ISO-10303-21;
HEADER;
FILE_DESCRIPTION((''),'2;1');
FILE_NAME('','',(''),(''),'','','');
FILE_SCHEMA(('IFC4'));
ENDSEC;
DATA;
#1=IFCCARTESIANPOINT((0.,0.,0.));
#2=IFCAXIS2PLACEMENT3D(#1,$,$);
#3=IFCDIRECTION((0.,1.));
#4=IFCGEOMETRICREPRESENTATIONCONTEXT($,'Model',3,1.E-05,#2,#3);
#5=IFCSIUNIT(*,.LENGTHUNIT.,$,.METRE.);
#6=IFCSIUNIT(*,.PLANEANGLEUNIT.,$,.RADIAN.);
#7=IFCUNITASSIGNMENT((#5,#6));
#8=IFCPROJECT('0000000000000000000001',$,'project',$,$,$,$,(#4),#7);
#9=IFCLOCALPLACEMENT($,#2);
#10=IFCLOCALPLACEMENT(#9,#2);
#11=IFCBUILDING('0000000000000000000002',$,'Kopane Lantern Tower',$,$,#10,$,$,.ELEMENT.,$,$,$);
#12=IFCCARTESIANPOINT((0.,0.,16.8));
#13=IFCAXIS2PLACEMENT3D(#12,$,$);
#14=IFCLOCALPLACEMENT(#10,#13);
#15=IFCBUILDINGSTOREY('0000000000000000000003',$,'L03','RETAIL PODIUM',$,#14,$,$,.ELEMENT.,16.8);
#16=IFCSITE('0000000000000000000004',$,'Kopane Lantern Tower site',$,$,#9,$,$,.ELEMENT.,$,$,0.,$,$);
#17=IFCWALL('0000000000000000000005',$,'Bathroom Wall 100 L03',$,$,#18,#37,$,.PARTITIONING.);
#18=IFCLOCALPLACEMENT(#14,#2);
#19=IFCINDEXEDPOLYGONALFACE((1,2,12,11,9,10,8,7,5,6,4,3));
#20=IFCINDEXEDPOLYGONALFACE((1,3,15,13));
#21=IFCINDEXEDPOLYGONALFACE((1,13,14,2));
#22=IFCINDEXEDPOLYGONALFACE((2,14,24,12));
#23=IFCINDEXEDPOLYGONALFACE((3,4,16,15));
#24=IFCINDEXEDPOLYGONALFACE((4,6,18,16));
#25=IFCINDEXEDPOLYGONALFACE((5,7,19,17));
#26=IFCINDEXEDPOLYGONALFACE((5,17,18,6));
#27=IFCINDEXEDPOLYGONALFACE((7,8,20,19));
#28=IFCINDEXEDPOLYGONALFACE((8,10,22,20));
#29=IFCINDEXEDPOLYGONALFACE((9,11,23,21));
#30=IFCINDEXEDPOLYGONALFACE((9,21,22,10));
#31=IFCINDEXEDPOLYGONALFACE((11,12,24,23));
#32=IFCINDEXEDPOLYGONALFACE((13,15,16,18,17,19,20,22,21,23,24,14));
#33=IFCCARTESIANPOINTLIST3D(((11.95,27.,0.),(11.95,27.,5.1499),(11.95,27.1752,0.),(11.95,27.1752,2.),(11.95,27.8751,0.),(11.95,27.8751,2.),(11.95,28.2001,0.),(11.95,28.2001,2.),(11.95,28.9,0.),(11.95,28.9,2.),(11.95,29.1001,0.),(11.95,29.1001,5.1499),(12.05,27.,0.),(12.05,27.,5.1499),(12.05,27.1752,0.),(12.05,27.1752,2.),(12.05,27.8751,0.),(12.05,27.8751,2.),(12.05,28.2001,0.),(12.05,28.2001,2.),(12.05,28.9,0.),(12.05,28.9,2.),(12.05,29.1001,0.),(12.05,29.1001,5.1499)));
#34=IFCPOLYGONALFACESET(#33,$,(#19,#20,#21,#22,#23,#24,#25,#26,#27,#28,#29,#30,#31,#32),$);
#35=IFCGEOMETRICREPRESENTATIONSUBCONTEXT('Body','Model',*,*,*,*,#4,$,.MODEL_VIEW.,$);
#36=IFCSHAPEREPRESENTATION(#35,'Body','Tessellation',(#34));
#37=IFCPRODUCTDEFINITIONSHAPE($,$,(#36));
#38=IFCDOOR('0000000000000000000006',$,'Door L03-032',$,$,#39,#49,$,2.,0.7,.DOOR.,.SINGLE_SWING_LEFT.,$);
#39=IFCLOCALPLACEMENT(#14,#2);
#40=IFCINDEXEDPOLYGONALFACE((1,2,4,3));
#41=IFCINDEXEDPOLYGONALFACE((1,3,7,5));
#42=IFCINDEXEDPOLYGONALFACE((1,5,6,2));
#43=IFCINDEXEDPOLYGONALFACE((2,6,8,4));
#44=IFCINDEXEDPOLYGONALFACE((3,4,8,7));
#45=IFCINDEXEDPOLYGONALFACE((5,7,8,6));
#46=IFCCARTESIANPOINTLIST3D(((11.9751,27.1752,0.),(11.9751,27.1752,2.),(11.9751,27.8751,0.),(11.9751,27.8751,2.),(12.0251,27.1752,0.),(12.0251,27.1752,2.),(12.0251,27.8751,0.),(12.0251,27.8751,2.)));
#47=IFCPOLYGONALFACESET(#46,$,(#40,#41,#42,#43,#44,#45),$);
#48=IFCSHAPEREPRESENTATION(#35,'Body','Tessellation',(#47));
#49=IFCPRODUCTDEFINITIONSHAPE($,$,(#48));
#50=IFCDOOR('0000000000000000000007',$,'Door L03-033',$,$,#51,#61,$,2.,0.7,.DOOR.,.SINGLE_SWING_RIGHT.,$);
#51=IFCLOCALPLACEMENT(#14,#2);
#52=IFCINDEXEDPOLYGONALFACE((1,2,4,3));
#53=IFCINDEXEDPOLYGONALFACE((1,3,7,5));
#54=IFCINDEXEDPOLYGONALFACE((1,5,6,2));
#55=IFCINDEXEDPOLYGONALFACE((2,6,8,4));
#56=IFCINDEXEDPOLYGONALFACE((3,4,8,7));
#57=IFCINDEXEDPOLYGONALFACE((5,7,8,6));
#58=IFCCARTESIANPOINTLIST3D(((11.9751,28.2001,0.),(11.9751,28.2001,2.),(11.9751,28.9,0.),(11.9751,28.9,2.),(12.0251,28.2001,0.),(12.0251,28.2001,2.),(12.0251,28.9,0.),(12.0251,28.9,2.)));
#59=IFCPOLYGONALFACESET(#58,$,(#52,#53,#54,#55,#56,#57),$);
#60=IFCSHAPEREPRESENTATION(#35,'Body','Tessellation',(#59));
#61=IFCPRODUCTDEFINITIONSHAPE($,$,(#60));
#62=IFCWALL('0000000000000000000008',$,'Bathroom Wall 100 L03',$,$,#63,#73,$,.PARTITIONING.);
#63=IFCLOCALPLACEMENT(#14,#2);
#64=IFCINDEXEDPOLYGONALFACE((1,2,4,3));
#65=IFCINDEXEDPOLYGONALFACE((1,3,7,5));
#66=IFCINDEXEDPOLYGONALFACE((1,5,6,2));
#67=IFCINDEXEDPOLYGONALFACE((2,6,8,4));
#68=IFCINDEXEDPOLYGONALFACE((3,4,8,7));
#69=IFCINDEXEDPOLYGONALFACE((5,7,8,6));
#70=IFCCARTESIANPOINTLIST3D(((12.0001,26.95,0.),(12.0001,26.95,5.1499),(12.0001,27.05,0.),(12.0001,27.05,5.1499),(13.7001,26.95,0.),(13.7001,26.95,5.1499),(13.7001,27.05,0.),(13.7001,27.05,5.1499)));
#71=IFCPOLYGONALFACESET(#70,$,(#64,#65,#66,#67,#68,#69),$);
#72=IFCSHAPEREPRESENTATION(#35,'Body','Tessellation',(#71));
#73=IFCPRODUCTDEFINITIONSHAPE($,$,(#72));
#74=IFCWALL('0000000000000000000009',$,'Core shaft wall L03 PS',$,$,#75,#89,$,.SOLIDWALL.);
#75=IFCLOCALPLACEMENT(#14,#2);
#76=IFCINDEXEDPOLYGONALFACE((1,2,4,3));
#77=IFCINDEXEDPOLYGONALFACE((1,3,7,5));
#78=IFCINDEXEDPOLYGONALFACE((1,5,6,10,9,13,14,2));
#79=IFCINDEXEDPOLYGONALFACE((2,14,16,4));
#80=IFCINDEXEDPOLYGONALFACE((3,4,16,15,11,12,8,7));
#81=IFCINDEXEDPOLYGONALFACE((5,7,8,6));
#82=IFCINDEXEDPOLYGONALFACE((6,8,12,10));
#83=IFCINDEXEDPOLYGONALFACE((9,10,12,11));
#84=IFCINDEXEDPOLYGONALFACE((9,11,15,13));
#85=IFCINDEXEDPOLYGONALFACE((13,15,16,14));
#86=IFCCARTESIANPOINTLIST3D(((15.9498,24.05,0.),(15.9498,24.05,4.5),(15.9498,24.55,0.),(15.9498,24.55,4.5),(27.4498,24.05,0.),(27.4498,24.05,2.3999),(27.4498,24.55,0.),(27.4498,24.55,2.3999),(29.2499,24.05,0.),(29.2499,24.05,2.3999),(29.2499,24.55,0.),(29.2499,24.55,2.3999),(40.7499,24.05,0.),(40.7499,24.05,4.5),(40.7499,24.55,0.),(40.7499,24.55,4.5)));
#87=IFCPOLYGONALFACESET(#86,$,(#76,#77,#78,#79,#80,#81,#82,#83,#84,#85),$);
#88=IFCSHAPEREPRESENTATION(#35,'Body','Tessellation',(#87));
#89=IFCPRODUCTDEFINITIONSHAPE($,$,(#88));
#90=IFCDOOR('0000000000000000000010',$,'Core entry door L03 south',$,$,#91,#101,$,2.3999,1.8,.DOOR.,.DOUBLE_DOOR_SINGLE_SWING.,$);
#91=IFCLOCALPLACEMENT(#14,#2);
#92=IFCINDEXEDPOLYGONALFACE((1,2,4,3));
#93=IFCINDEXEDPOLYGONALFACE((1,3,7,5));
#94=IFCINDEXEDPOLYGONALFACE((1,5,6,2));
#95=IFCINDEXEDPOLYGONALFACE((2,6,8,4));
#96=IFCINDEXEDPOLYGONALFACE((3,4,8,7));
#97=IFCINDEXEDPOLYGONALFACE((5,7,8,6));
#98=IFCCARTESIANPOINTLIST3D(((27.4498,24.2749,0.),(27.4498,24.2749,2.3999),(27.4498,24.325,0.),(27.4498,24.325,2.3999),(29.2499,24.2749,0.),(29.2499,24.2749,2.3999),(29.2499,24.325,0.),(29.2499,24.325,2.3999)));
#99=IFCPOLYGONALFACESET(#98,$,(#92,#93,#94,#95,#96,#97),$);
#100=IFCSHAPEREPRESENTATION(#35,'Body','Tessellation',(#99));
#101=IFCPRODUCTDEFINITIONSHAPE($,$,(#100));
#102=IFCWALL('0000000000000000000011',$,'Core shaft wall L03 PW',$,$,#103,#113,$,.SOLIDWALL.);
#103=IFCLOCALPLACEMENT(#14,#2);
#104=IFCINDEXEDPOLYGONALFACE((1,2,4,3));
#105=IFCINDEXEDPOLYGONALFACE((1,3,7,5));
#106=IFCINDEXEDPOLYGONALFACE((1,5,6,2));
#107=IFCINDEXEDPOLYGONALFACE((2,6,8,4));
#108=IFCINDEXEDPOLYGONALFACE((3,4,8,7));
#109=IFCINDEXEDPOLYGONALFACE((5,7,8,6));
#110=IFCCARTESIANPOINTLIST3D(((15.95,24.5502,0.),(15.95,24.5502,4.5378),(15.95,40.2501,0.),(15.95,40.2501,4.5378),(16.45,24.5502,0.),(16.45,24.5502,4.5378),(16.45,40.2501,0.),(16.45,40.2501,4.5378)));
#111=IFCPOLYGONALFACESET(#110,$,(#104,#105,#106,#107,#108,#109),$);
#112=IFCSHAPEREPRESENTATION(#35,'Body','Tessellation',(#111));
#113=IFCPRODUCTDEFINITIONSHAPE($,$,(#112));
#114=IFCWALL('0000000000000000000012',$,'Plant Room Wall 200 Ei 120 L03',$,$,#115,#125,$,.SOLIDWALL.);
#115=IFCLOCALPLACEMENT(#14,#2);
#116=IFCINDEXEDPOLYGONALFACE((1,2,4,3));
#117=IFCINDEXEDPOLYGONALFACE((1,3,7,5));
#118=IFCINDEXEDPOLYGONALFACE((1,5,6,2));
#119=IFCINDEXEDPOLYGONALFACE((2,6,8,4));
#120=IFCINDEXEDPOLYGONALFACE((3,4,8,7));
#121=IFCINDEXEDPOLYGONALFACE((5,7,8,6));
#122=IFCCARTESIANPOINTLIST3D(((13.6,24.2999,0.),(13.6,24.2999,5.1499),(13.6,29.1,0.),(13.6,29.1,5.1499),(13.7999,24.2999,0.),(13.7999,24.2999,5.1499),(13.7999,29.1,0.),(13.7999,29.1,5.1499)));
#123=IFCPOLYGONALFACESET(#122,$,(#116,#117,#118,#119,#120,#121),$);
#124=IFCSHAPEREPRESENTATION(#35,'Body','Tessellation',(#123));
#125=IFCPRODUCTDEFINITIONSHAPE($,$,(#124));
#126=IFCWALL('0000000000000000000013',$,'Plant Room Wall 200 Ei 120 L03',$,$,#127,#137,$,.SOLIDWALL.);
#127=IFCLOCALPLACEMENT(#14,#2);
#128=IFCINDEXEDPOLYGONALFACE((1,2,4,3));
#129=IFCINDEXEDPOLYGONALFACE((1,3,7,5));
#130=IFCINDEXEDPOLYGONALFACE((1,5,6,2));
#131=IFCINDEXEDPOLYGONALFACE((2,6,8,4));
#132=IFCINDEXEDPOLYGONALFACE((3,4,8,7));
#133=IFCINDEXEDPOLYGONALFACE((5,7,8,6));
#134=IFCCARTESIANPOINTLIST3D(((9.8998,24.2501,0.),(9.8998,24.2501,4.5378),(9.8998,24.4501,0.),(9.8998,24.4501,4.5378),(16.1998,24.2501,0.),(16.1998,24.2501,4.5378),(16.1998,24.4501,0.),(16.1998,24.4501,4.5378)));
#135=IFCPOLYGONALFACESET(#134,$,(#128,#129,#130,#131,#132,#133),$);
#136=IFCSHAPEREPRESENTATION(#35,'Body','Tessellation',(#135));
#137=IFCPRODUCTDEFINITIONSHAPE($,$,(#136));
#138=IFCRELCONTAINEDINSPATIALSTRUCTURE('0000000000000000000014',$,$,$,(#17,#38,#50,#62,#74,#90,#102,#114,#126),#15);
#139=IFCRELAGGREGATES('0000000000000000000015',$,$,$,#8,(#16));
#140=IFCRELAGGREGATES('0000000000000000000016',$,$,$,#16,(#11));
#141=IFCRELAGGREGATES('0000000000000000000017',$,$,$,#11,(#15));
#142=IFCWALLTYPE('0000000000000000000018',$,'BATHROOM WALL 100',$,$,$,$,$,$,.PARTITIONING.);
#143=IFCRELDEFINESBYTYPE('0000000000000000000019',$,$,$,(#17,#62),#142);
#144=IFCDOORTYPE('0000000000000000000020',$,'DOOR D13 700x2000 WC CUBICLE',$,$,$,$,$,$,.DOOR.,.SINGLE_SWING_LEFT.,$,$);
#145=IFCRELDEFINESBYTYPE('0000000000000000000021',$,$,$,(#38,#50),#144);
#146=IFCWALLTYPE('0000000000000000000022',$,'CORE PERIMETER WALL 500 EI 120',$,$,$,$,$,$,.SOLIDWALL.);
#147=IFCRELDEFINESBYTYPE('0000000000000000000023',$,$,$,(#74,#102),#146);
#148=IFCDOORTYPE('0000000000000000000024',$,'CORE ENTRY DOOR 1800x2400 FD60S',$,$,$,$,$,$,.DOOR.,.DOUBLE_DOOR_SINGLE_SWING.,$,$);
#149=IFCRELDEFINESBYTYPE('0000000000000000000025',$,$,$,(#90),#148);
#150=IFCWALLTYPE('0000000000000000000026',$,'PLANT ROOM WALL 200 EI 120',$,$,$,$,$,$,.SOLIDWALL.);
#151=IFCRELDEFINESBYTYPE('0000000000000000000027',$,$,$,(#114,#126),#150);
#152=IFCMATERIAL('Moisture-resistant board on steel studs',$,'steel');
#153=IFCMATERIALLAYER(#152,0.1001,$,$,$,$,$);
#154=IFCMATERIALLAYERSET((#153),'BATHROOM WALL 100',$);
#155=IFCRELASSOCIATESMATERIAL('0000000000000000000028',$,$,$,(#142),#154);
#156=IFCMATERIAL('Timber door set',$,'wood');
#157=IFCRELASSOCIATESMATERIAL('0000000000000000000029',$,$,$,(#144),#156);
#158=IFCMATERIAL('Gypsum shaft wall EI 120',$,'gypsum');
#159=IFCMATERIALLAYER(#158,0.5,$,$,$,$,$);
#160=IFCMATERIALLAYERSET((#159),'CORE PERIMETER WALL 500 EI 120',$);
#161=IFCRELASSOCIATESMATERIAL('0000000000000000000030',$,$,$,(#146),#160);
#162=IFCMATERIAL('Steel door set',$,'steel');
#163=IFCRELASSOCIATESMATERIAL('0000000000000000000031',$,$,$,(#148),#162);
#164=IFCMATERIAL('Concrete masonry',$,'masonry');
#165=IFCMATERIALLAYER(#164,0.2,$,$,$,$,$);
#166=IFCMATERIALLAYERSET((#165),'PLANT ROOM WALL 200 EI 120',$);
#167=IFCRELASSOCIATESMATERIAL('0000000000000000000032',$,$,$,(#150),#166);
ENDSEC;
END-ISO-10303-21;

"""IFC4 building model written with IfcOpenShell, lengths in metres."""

from ifc_helpers import new_model, si_unit, direction, frame, frame_2d, origin, place, context, subcontext, project, spatial, rectangle, extrude, material, layer, layer_set, type_object, element, fill, save


model = new_model("IFC4")

# Units and contexts
model_context = context("Model", 3, precision=1e-05, world=origin(), true_north=direction((0.0, 1.0)))
body_context = subcontext(model_context, "Body", "Model", "MODEL_VIEW")
ifc_project = project(units=[si_unit("LENGTHUNIT", "METRE"), si_unit("PLANEANGLEUNIT", "RADIAN")], contexts=[model_context])

# Site, building, storey
site_placement = place(None, origin())
site = spatial("IfcSite", under=ifc_project, at=site_placement, Name="Kopane Lantern Tower site", CompositionType="ELEMENT", RefElevation=0.0)
building_placement = place(site_placement, origin())
building = spatial("IfcBuilding", under=site, at=building_placement, Name="Kopane Lantern Tower", CompositionType="ELEMENT")
storey_placement = place(building_placement, frame((0.0, 0.0, 16.8)))
storey = spatial("IfcBuildingStorey", under=building, at=storey_placement, Name="L03", Description="RETAIL PODIUM", CompositionType="ELEMENT", Elevation=16.8)

# Wall, openings, doors
ifc_material_1 = material(Name="Moisture-resistant board on steel studs", Category="steel")
ifc_layer_1 = layer(ifc_material_1, 0.1001)
ifc_layer_set_1 = layer_set([ifc_layer_1], Name="BATHROOM WALL 100")
wall_type_1 = type_object("IfcWallType", Name="BATHROOM WALL 100", PredefinedType="PARTITIONING", material=ifc_layer_set_1)
wall_1_placement = place(storey_placement, frame((12.0, 27.0, 0.0), z_axis=(0.0, 0.0, 1.0), x_axis=(0.0, 1.0, 0.0)))
wall_1 = element("IfcWall", 1, at=wall_1_placement, inside=storey, type_object=wall_type_1, Name="Bathroom Wall 100 L03", PredefinedType="PARTITIONING", context=body_context, shape_type="SweptSolid", body=[
    extrude(rectangle(XDim=2.1001, YDim=0.1001, at=frame_2d((1.05, 0.0))), origin(), (0.0, 0.0, 1.0), 5.1499),
])
opening_1_placement = place(wall_1_placement, frame((0.175, 0.0, 0.0)))
opening_1 = element("IfcOpeningElement", 2, at=opening_1_placement, cuts=wall_1, PredefinedType="OPENING", context=body_context, shape_type="SweptSolid", body=[
    extrude(rectangle(XDim=0.7, YDim=2.0, at=frame_2d((0.3501, 1.0))), frame((0.0, 0.0601, 0.0), z_axis=(0.0, -1.0, 0.0), x_axis=(1.0, 0.0, 0.0)), (0.0, 0.0, 1.0), 0.1201),
])
opening_2_placement = place(wall_1_placement, frame((1.2, 0.0, 0.0)))
opening_2 = element("IfcOpeningElement", 3, at=opening_2_placement, cuts=wall_1, PredefinedType="OPENING", context=body_context, shape_type="SweptSolid", body=[
    extrude(rectangle(XDim=0.7, YDim=2.0, at=frame_2d((0.3501, 1.0))), frame((0.0, 0.0601, 0.0), z_axis=(0.0, -1.0, 0.0), x_axis=(1.0, 0.0, 0.0)), (0.0, 0.0, 1.0), 0.1201),
])
ifc_material_2 = material(Name="Timber door set", Category="wood")
door_type_1 = type_object("IfcDoorType", Name="DOOR D13 700x2000 WC CUBICLE", OperationType="SINGLE_SWING_LEFT", PredefinedType="DOOR", material=ifc_material_2)
door_1_placement = place(opening_1_placement, origin())
door_1 = element("IfcDoor", 4, at=door_1_placement, inside=storey, type_object=door_type_1, Name="Door L03-032", OperationType="SINGLE_SWING_LEFT", OverallHeight=2.0, OverallWidth=0.7, PredefinedType="DOOR", context=body_context, shape_type="SweptSolid", body=[
    extrude(rectangle(XDim=0.7, YDim=2.0, at=frame_2d((0.3501, 1.0))), frame((0.0, 0.0249, 0.0), z_axis=(0.0, -1.0, 0.0), x_axis=(1.0, 0.0, 0.0)), (0.0, 0.0, 1.0), 0.05),
])
fill(opening_1, door_1)
door_2_placement = place(opening_2_placement, origin())
door_2 = element("IfcDoor", 5, at=door_2_placement, inside=storey, type_object=door_type_1, Name="Door L03-033", OperationType="SINGLE_SWING_RIGHT", OverallHeight=2.0, OverallWidth=0.7, PredefinedType="DOOR", context=body_context, shape_type="SweptSolid", body=[
    extrude(rectangle(XDim=0.7, YDim=2.0, at=frame_2d((0.3501, 1.0))), frame((0.0, 0.0249, 0.0), z_axis=(0.0, -1.0, 0.0), x_axis=(1.0, 0.0, 0.0)), (0.0, 0.0, 1.0), 0.05),
])
fill(opening_2, door_2)

# Wall
wall_2_placement = place(storey_placement, frame((12.0, 27.0, 0.0), z_axis=(0.0, 0.0, 1.0), x_axis=(1.0, 0.0, 0.0)))
element("IfcWall", 6, at=wall_2_placement, inside=storey, type_object=wall_type_1, Name="Bathroom Wall 100 L03", PredefinedType="PARTITIONING", context=body_context, shape_type="SweptSolid", body=[
    extrude(rectangle(XDim=1.7, YDim=0.1001, at=frame_2d((0.8501, 0.0))), origin(), (0.0, 0.0, 1.0), 5.1499),
])

# Wall, opening, door
ifc_material_3 = material(Name="Gypsum shaft wall EI 120", Category="gypsum")
ifc_layer_2 = layer(ifc_material_3, 0.5)
ifc_layer_set_2 = layer_set([ifc_layer_2], Name="CORE PERIMETER WALL 500 EI 120")
wall_type_2 = type_object("IfcWallType", Name="CORE PERIMETER WALL 500 EI 120", PredefinedType="SOLIDWALL", material=ifc_layer_set_2)
wall_3_placement = place(storey_placement, frame((15.95, 24.3, 0.0), z_axis=(0.0, 0.0, 1.0), x_axis=(1.0, 0.0, 0.0)))
wall_3 = element("IfcWall", 7, at=wall_3_placement, inside=storey, type_object=wall_type_2, Name="Core shaft wall L03 PS", PredefinedType="SOLIDWALL", context=body_context, shape_type="SweptSolid", body=[
    extrude(rectangle(XDim=24.8, YDim=0.5, at=frame_2d((12.3999, 0.0))), origin(), (0.0, 0.0, 1.0), 4.5),
])
opening_3_placement = place(wall_3_placement, frame((11.5, 0.0, 0.0)))
opening_3 = element("IfcOpeningElement", 8, at=opening_3_placement, cuts=wall_3, PredefinedType="OPENING", context=body_context, shape_type="SweptSolid", body=[
    extrude(rectangle(XDim=1.8, YDim=2.3999, at=frame_2d((0.8999, 1.2))), frame((0.0, 0.26, 0.0), z_axis=(0.0, -1.0, 0.0), x_axis=(1.0, 0.0, 0.0)), (0.0, 0.0, 1.0), 0.52),
])
ifc_material_4 = material(Name="Steel door set", Category="steel")
door_type_2 = type_object("IfcDoorType", Name="CORE ENTRY DOOR 1800x2400 FD60S", OperationType="DOUBLE_DOOR_SINGLE_SWING", PredefinedType="DOOR", material=ifc_material_4)
door_3_placement = place(opening_3_placement, origin())
door_3 = element("IfcDoor", 9, at=door_3_placement, inside=storey, type_object=door_type_2, Name="Core entry door L03 south", OperationType="DOUBLE_DOOR_SINGLE_SWING", OverallHeight=2.3999, OverallWidth=1.8, PredefinedType="DOOR", context=body_context, shape_type="SweptSolid", body=[
    extrude(rectangle(XDim=1.8, YDim=2.3999, at=frame_2d((0.8999, 1.2))), frame((0.0, 0.0249, 0.0), z_axis=(0.0, -1.0, 0.0), x_axis=(1.0, 0.0, 0.0)), (0.0, 0.0, 1.0), 0.05),
])
fill(opening_3, door_3)

# Walls
wall_4_placement = place(storey_placement, frame((16.2, 24.55, 0.0), z_axis=(0.0, 0.0, 1.0), x_axis=(0.0, 1.0, 0.0)))
element("IfcWall", 10, at=wall_4_placement, inside=storey, type_object=wall_type_2, Name="Core shaft wall L03 PW", PredefinedType="SOLIDWALL", context=body_context, shape_type="SweptSolid", body=[
    extrude(rectangle(XDim=15.7, YDim=0.5, at=frame_2d((7.8501, 0.0))), origin(), (0.0, 0.0, 1.0), 4.5378),
])
ifc_material_5 = material(Name="Concrete masonry", Category="masonry")
ifc_layer_3 = layer(ifc_material_5, 0.2)
ifc_layer_set_3 = layer_set([ifc_layer_3], Name="PLANT ROOM WALL 200 EI 120")
wall_type_3 = type_object("IfcWallType", Name="PLANT ROOM WALL 200 EI 120", PredefinedType="SOLIDWALL", material=ifc_layer_set_3)
wall_5_placement = place(storey_placement, frame((13.7, 24.3, 0.0), z_axis=(0.0, 0.0, 1.0), x_axis=(0.0, 1.0, 0.0)))
element("IfcWall", 11, at=wall_5_placement, inside=storey, type_object=wall_type_3, Name="Plant Room Wall 200 Ei 120 L03", PredefinedType="SOLIDWALL", context=body_context, shape_type="SweptSolid", body=[
    extrude(rectangle(XDim=4.8, YDim=0.2, at=frame_2d((2.3999, 0.0))), origin(), (0.0, 0.0, 1.0), 5.1499),
])
wall_6_placement = place(storey_placement, frame((9.8999, 24.3501, 0.0), z_axis=(0.0, 0.0, 1.0), x_axis=(1.0, 0.0, 0.0)))
element("IfcWall", 12, at=wall_6_placement, inside=storey, type_object=wall_type_3, Name="Plant Room Wall 200 Ei 120 L03", PredefinedType="SOLIDWALL", context=body_context, shape_type="SweptSolid", body=[
    extrude(rectangle(XDim=6.3, YDim=0.2, at=frame_2d((3.1499, 0.0))), origin(), (0.0, 0.0, 1.0), 4.5378),
])

save(model, "model.ifc")
